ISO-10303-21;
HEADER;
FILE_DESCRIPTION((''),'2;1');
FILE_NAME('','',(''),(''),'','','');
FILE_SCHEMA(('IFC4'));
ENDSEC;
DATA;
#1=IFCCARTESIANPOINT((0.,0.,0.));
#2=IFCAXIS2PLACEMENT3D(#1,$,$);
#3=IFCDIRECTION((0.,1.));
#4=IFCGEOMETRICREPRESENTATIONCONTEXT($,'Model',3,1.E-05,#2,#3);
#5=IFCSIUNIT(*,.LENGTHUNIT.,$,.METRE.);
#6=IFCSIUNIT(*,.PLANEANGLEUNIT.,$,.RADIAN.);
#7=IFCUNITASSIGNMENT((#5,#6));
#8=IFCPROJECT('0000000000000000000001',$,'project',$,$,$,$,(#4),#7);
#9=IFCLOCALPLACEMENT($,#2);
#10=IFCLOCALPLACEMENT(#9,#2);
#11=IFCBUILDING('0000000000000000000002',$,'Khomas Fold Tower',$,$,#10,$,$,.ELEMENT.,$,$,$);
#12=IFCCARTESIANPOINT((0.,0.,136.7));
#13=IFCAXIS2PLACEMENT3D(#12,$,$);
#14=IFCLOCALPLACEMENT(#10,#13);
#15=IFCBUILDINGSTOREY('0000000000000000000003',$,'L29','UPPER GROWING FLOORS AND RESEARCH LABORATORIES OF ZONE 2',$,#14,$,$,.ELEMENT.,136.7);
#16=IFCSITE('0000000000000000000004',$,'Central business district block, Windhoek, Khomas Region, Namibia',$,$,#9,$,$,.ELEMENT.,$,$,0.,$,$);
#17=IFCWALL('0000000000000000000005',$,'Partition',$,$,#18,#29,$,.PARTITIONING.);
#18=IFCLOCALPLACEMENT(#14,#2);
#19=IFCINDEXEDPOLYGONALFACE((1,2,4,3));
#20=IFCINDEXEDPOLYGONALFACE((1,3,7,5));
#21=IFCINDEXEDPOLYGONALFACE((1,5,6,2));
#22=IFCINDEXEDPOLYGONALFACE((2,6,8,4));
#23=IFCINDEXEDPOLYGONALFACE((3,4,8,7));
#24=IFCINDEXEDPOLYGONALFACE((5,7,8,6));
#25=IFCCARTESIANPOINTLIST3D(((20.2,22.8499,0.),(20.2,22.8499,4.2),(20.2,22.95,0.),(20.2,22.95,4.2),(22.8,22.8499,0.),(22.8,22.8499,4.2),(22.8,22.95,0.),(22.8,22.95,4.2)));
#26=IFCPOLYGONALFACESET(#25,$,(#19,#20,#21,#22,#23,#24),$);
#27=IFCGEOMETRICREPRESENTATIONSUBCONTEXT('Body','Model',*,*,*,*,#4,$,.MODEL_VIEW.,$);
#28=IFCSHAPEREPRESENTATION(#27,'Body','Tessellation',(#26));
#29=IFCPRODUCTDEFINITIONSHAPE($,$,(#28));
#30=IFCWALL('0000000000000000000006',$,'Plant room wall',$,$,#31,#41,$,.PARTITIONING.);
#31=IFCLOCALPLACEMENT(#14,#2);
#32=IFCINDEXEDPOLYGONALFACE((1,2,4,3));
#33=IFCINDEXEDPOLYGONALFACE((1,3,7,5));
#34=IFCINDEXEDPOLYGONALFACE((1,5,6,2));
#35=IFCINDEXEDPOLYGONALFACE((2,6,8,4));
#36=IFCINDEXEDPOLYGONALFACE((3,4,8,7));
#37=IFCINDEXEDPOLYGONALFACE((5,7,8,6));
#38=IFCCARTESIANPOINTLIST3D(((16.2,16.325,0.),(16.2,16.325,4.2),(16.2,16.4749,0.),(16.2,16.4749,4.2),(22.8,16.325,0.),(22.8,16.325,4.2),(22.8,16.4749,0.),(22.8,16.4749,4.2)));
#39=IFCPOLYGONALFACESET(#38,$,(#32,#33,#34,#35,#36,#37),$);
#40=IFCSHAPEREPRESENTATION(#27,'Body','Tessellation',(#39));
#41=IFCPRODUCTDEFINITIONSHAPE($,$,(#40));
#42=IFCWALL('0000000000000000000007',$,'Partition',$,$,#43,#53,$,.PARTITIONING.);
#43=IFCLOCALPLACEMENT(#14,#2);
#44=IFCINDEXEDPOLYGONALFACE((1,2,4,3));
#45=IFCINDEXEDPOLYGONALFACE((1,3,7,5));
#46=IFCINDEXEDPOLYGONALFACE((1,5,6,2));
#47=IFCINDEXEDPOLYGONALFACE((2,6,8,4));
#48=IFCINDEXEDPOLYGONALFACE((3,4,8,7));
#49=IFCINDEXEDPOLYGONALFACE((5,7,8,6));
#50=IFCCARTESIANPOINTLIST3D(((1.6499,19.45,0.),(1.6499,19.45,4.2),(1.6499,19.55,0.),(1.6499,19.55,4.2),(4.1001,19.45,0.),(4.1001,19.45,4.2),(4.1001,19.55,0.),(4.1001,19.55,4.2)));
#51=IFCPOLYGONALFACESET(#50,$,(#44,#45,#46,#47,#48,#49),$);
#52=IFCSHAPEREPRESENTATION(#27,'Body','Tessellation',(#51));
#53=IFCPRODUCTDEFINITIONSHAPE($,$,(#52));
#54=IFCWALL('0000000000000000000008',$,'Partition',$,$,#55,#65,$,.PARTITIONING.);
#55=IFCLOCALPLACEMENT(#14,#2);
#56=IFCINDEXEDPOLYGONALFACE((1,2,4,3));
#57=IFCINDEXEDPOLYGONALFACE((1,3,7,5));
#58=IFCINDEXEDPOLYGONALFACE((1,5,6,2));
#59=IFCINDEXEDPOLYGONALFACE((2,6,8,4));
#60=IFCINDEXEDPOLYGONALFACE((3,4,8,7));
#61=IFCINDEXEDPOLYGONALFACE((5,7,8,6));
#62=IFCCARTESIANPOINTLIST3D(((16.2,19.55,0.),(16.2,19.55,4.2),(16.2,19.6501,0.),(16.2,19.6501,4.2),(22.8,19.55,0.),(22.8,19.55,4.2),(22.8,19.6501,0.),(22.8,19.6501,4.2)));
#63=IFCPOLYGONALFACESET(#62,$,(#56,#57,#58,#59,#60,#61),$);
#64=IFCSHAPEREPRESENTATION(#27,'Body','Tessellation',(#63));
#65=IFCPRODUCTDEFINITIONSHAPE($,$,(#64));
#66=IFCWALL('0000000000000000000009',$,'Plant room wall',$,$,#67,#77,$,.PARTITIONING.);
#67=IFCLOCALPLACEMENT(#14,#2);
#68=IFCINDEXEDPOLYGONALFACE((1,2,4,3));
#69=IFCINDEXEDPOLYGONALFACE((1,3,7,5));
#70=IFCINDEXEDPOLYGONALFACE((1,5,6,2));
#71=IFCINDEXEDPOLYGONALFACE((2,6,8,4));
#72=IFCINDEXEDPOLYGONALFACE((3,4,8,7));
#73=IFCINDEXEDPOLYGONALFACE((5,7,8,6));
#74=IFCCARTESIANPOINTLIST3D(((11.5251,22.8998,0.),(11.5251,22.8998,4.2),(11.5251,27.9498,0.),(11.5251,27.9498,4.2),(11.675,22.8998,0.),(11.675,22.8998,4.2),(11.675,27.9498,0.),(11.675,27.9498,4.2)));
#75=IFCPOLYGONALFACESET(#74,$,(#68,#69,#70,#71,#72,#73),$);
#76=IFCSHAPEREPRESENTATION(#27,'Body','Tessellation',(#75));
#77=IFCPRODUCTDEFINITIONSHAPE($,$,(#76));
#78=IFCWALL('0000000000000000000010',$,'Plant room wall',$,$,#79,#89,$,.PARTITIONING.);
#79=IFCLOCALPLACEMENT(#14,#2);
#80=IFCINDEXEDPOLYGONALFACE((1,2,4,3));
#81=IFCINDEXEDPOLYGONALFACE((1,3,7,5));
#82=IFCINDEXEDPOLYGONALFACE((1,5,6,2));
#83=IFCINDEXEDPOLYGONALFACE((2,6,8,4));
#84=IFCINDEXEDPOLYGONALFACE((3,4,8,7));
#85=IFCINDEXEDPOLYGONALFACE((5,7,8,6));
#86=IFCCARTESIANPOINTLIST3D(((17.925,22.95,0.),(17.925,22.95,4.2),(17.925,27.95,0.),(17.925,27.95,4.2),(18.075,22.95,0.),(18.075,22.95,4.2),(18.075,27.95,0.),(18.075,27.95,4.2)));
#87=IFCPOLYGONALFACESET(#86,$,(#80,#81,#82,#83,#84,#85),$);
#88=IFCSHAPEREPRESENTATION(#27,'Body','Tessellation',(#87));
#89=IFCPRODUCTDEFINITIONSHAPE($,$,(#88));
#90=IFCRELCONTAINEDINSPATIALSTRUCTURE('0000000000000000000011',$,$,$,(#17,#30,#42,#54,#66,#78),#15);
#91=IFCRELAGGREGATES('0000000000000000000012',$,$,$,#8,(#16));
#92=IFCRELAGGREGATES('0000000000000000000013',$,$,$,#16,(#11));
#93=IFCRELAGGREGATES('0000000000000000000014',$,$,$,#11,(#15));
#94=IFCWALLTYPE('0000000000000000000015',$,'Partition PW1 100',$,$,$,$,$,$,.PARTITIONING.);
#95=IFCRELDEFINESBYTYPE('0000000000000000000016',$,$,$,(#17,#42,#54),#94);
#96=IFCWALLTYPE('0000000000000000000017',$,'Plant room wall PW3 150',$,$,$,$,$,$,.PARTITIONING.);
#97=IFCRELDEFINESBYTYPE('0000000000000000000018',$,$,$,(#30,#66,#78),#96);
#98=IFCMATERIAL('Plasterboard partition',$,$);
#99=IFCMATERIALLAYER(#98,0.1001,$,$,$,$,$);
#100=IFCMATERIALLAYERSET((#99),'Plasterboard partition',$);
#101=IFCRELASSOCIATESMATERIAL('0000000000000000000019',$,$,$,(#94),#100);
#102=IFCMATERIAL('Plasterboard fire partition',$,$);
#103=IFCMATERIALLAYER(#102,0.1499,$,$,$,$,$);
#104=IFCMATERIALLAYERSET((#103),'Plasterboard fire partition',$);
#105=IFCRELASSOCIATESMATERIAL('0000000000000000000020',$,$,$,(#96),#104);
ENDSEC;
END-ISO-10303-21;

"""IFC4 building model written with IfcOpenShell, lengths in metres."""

from ifc_helpers import new_model, si_unit, direction, frame, frame_2d, origin, place, context, subcontext, project, spatial, rectangle, extrude, source, transform, mapped, material, layer, layer_set, type_object, element, save


model = new_model("IFC4")

# Units and contexts
model_context = context("Model", 3, precision=1e-05, world=origin(), true_north=direction((0.0, 1.0)))
body_context = subcontext(model_context, "Body", "Model", "MODEL_VIEW")
ifc_project = project(units=[si_unit("LENGTHUNIT", "METRE"), si_unit("PLANEANGLEUNIT", "RADIAN")], contexts=[model_context])

# Site, building, storey
site_placement = place(None, origin())
site = spatial("IfcSite", under=ifc_project, at=site_placement, Name="Central business district block, Windhoek, Khomas Region, Namibia", CompositionType="ELEMENT", RefElevation=0.0)
building_placement = place(site_placement, origin())
building = spatial("IfcBuilding", under=site, at=building_placement, Name="Khomas Fold Tower", CompositionType="ELEMENT")
storey_placement = place(building_placement, frame((0.0, 0.0, 136.7)))
storey = spatial("IfcBuildingStorey", under=building, at=storey_placement, Name="L29", Description="UPPER GROWING FLOORS AND RESEARCH LABORATORIES OF ZONE 2", CompositionType="ELEMENT", Elevation=136.7)

# Walls
ifc_material_1 = material(Name="Plasterboard partition")
ifc_layer_1 = layer(ifc_material_1, 0.1001)
ifc_layer_set_1 = layer_set([ifc_layer_1], Name="Plasterboard partition")
wall_type_1 = type_object("IfcWallType", Name="Partition PW1 100", PredefinedType="PARTITIONING", material=ifc_layer_set_1)
shared_shape_1 = source(origin(), body_context, "Body", "SweptSolid", [
    extrude(rectangle(XDim=2.6001, YDim=0.1001, at=frame_2d((1.3, 0.0))), origin(), (0.0, 0.0, 1.0), 4.2),
])
wall_1_placement = place(storey_placement, frame((20.2, 22.8999, 0.0), z_axis=(0.0, 0.0, 1.0), x_axis=(1.0, 0.0, 0.0)))
element("IfcWall", 1, at=wall_1_placement, inside=storey, type_object=wall_type_1, Name="Partition", PredefinedType="PARTITIONING", context=body_context, shape_type="MappedRepresentation", body=[
    mapped(shared_shape_1, transform((0.0, 0.0, 0.0))),
])
ifc_material_2 = material(Name="Plasterboard fire partition")
ifc_layer_2 = layer(ifc_material_2, 0.1499)
ifc_layer_set_2 = layer_set([ifc_layer_2], Name="Plasterboard fire partition")
wall_type_2 = type_object("IfcWallType", Name="Plant room wall PW3 150", PredefinedType="PARTITIONING", material=ifc_layer_set_2)
shared_shape_2 = source(origin(), body_context, "Body", "SweptSolid", [
    extrude(rectangle(XDim=6.6001, YDim=0.1499, at=frame_2d((3.3, 0.0))), origin(), (0.0, 0.0, 1.0), 4.2),
])
wall_2_placement = place(storey_placement, frame((16.2, 16.3999, 0.0), z_axis=(0.0, 0.0, 1.0), x_axis=(1.0, 0.0, 0.0)))
element("IfcWall", 2, at=wall_2_placement, inside=storey, type_object=wall_type_2, Name="Plant room wall", PredefinedType="PARTITIONING", context=body_context, shape_type="MappedRepresentation", body=[
    mapped(shared_shape_2, transform((0.0, 0.0, 0.0))),
])
shared_shape_3 = source(origin(), body_context, "Body", "SweptSolid", [
    extrude(rectangle(XDim=2.4502, YDim=0.1001, at=frame_2d((1.2251, 0.0))), origin(), (0.0, 0.0, 1.0), 4.2),
])
wall_3_placement = place(storey_placement, frame((1.6499, 19.5, 0.0), z_axis=(0.0, 0.0, 1.0), x_axis=(1.0, 0.0, 0.0)))
element("IfcWall", 3, at=wall_3_placement, inside=storey, type_object=wall_type_1, Name="Partition", PredefinedType="PARTITIONING", context=body_context, shape_type="MappedRepresentation", body=[
    mapped(shared_shape_3, transform((0.0, 0.0, 0.0))),
])
shared_shape_4 = source(origin(), body_context, "Body", "SweptSolid", [
    extrude(rectangle(XDim=6.6001, YDim=0.1001, at=frame_2d((3.3, 0.0))), origin(), (0.0, 0.0, 1.0), 4.2),
])
wall_4_placement = place(storey_placement, frame((16.2, 19.6001, 0.0), z_axis=(0.0, 0.0, 1.0), x_axis=(1.0, 0.0, 0.0)))
element("IfcWall", 4, at=wall_4_placement, inside=storey, type_object=wall_type_1, Name="Partition", PredefinedType="PARTITIONING", context=body_context, shape_type="MappedRepresentation", body=[
    mapped(shared_shape_4, transform((0.0, 0.0, 0.0))),
])
shared_shape_5 = source(origin(), body_context, "Body", "SweptSolid", [
    extrude(rectangle(XDim=5.05, YDim=0.1499, at=frame_2d((2.5249, 0.0))), origin(), (0.0, 0.0, 1.0), 4.2),
])
wall_5_placement = place(storey_placement, frame((11.6001, 22.8999, 0.0), z_axis=(0.0, 0.0, 1.0), x_axis=(0.0, 1.0, 0.0)))
element("IfcWall", 5, at=wall_5_placement, inside=storey, type_object=wall_type_2, Name="Plant room wall", PredefinedType="PARTITIONING", context=body_context, shape_type="MappedRepresentation", body=[
    mapped(shared_shape_5, transform((0.0, 0.0, 0.0))),
])
shared_shape_6 = source(origin(), body_context, "Body", "SweptSolid", [
    extrude(rectangle(XDim=5.0, YDim=0.1499, at=frame_2d((2.5, 0.0))), origin(), (0.0, 0.0, 1.0), 4.2),
])
wall_6_placement = place(storey_placement, frame((18.0, 22.95, 0.0), z_axis=(0.0, 0.0, 1.0), x_axis=(0.0, 1.0, 0.0)))
element("IfcWall", 6, at=wall_6_placement, inside=storey, type_object=wall_type_2, Name="Plant room wall", PredefinedType="PARTITIONING", context=body_context, shape_type="MappedRepresentation", body=[
    mapped(shared_shape_6, transform((0.0, 0.0, 0.0))),
])

save(model, "model.ifc")
